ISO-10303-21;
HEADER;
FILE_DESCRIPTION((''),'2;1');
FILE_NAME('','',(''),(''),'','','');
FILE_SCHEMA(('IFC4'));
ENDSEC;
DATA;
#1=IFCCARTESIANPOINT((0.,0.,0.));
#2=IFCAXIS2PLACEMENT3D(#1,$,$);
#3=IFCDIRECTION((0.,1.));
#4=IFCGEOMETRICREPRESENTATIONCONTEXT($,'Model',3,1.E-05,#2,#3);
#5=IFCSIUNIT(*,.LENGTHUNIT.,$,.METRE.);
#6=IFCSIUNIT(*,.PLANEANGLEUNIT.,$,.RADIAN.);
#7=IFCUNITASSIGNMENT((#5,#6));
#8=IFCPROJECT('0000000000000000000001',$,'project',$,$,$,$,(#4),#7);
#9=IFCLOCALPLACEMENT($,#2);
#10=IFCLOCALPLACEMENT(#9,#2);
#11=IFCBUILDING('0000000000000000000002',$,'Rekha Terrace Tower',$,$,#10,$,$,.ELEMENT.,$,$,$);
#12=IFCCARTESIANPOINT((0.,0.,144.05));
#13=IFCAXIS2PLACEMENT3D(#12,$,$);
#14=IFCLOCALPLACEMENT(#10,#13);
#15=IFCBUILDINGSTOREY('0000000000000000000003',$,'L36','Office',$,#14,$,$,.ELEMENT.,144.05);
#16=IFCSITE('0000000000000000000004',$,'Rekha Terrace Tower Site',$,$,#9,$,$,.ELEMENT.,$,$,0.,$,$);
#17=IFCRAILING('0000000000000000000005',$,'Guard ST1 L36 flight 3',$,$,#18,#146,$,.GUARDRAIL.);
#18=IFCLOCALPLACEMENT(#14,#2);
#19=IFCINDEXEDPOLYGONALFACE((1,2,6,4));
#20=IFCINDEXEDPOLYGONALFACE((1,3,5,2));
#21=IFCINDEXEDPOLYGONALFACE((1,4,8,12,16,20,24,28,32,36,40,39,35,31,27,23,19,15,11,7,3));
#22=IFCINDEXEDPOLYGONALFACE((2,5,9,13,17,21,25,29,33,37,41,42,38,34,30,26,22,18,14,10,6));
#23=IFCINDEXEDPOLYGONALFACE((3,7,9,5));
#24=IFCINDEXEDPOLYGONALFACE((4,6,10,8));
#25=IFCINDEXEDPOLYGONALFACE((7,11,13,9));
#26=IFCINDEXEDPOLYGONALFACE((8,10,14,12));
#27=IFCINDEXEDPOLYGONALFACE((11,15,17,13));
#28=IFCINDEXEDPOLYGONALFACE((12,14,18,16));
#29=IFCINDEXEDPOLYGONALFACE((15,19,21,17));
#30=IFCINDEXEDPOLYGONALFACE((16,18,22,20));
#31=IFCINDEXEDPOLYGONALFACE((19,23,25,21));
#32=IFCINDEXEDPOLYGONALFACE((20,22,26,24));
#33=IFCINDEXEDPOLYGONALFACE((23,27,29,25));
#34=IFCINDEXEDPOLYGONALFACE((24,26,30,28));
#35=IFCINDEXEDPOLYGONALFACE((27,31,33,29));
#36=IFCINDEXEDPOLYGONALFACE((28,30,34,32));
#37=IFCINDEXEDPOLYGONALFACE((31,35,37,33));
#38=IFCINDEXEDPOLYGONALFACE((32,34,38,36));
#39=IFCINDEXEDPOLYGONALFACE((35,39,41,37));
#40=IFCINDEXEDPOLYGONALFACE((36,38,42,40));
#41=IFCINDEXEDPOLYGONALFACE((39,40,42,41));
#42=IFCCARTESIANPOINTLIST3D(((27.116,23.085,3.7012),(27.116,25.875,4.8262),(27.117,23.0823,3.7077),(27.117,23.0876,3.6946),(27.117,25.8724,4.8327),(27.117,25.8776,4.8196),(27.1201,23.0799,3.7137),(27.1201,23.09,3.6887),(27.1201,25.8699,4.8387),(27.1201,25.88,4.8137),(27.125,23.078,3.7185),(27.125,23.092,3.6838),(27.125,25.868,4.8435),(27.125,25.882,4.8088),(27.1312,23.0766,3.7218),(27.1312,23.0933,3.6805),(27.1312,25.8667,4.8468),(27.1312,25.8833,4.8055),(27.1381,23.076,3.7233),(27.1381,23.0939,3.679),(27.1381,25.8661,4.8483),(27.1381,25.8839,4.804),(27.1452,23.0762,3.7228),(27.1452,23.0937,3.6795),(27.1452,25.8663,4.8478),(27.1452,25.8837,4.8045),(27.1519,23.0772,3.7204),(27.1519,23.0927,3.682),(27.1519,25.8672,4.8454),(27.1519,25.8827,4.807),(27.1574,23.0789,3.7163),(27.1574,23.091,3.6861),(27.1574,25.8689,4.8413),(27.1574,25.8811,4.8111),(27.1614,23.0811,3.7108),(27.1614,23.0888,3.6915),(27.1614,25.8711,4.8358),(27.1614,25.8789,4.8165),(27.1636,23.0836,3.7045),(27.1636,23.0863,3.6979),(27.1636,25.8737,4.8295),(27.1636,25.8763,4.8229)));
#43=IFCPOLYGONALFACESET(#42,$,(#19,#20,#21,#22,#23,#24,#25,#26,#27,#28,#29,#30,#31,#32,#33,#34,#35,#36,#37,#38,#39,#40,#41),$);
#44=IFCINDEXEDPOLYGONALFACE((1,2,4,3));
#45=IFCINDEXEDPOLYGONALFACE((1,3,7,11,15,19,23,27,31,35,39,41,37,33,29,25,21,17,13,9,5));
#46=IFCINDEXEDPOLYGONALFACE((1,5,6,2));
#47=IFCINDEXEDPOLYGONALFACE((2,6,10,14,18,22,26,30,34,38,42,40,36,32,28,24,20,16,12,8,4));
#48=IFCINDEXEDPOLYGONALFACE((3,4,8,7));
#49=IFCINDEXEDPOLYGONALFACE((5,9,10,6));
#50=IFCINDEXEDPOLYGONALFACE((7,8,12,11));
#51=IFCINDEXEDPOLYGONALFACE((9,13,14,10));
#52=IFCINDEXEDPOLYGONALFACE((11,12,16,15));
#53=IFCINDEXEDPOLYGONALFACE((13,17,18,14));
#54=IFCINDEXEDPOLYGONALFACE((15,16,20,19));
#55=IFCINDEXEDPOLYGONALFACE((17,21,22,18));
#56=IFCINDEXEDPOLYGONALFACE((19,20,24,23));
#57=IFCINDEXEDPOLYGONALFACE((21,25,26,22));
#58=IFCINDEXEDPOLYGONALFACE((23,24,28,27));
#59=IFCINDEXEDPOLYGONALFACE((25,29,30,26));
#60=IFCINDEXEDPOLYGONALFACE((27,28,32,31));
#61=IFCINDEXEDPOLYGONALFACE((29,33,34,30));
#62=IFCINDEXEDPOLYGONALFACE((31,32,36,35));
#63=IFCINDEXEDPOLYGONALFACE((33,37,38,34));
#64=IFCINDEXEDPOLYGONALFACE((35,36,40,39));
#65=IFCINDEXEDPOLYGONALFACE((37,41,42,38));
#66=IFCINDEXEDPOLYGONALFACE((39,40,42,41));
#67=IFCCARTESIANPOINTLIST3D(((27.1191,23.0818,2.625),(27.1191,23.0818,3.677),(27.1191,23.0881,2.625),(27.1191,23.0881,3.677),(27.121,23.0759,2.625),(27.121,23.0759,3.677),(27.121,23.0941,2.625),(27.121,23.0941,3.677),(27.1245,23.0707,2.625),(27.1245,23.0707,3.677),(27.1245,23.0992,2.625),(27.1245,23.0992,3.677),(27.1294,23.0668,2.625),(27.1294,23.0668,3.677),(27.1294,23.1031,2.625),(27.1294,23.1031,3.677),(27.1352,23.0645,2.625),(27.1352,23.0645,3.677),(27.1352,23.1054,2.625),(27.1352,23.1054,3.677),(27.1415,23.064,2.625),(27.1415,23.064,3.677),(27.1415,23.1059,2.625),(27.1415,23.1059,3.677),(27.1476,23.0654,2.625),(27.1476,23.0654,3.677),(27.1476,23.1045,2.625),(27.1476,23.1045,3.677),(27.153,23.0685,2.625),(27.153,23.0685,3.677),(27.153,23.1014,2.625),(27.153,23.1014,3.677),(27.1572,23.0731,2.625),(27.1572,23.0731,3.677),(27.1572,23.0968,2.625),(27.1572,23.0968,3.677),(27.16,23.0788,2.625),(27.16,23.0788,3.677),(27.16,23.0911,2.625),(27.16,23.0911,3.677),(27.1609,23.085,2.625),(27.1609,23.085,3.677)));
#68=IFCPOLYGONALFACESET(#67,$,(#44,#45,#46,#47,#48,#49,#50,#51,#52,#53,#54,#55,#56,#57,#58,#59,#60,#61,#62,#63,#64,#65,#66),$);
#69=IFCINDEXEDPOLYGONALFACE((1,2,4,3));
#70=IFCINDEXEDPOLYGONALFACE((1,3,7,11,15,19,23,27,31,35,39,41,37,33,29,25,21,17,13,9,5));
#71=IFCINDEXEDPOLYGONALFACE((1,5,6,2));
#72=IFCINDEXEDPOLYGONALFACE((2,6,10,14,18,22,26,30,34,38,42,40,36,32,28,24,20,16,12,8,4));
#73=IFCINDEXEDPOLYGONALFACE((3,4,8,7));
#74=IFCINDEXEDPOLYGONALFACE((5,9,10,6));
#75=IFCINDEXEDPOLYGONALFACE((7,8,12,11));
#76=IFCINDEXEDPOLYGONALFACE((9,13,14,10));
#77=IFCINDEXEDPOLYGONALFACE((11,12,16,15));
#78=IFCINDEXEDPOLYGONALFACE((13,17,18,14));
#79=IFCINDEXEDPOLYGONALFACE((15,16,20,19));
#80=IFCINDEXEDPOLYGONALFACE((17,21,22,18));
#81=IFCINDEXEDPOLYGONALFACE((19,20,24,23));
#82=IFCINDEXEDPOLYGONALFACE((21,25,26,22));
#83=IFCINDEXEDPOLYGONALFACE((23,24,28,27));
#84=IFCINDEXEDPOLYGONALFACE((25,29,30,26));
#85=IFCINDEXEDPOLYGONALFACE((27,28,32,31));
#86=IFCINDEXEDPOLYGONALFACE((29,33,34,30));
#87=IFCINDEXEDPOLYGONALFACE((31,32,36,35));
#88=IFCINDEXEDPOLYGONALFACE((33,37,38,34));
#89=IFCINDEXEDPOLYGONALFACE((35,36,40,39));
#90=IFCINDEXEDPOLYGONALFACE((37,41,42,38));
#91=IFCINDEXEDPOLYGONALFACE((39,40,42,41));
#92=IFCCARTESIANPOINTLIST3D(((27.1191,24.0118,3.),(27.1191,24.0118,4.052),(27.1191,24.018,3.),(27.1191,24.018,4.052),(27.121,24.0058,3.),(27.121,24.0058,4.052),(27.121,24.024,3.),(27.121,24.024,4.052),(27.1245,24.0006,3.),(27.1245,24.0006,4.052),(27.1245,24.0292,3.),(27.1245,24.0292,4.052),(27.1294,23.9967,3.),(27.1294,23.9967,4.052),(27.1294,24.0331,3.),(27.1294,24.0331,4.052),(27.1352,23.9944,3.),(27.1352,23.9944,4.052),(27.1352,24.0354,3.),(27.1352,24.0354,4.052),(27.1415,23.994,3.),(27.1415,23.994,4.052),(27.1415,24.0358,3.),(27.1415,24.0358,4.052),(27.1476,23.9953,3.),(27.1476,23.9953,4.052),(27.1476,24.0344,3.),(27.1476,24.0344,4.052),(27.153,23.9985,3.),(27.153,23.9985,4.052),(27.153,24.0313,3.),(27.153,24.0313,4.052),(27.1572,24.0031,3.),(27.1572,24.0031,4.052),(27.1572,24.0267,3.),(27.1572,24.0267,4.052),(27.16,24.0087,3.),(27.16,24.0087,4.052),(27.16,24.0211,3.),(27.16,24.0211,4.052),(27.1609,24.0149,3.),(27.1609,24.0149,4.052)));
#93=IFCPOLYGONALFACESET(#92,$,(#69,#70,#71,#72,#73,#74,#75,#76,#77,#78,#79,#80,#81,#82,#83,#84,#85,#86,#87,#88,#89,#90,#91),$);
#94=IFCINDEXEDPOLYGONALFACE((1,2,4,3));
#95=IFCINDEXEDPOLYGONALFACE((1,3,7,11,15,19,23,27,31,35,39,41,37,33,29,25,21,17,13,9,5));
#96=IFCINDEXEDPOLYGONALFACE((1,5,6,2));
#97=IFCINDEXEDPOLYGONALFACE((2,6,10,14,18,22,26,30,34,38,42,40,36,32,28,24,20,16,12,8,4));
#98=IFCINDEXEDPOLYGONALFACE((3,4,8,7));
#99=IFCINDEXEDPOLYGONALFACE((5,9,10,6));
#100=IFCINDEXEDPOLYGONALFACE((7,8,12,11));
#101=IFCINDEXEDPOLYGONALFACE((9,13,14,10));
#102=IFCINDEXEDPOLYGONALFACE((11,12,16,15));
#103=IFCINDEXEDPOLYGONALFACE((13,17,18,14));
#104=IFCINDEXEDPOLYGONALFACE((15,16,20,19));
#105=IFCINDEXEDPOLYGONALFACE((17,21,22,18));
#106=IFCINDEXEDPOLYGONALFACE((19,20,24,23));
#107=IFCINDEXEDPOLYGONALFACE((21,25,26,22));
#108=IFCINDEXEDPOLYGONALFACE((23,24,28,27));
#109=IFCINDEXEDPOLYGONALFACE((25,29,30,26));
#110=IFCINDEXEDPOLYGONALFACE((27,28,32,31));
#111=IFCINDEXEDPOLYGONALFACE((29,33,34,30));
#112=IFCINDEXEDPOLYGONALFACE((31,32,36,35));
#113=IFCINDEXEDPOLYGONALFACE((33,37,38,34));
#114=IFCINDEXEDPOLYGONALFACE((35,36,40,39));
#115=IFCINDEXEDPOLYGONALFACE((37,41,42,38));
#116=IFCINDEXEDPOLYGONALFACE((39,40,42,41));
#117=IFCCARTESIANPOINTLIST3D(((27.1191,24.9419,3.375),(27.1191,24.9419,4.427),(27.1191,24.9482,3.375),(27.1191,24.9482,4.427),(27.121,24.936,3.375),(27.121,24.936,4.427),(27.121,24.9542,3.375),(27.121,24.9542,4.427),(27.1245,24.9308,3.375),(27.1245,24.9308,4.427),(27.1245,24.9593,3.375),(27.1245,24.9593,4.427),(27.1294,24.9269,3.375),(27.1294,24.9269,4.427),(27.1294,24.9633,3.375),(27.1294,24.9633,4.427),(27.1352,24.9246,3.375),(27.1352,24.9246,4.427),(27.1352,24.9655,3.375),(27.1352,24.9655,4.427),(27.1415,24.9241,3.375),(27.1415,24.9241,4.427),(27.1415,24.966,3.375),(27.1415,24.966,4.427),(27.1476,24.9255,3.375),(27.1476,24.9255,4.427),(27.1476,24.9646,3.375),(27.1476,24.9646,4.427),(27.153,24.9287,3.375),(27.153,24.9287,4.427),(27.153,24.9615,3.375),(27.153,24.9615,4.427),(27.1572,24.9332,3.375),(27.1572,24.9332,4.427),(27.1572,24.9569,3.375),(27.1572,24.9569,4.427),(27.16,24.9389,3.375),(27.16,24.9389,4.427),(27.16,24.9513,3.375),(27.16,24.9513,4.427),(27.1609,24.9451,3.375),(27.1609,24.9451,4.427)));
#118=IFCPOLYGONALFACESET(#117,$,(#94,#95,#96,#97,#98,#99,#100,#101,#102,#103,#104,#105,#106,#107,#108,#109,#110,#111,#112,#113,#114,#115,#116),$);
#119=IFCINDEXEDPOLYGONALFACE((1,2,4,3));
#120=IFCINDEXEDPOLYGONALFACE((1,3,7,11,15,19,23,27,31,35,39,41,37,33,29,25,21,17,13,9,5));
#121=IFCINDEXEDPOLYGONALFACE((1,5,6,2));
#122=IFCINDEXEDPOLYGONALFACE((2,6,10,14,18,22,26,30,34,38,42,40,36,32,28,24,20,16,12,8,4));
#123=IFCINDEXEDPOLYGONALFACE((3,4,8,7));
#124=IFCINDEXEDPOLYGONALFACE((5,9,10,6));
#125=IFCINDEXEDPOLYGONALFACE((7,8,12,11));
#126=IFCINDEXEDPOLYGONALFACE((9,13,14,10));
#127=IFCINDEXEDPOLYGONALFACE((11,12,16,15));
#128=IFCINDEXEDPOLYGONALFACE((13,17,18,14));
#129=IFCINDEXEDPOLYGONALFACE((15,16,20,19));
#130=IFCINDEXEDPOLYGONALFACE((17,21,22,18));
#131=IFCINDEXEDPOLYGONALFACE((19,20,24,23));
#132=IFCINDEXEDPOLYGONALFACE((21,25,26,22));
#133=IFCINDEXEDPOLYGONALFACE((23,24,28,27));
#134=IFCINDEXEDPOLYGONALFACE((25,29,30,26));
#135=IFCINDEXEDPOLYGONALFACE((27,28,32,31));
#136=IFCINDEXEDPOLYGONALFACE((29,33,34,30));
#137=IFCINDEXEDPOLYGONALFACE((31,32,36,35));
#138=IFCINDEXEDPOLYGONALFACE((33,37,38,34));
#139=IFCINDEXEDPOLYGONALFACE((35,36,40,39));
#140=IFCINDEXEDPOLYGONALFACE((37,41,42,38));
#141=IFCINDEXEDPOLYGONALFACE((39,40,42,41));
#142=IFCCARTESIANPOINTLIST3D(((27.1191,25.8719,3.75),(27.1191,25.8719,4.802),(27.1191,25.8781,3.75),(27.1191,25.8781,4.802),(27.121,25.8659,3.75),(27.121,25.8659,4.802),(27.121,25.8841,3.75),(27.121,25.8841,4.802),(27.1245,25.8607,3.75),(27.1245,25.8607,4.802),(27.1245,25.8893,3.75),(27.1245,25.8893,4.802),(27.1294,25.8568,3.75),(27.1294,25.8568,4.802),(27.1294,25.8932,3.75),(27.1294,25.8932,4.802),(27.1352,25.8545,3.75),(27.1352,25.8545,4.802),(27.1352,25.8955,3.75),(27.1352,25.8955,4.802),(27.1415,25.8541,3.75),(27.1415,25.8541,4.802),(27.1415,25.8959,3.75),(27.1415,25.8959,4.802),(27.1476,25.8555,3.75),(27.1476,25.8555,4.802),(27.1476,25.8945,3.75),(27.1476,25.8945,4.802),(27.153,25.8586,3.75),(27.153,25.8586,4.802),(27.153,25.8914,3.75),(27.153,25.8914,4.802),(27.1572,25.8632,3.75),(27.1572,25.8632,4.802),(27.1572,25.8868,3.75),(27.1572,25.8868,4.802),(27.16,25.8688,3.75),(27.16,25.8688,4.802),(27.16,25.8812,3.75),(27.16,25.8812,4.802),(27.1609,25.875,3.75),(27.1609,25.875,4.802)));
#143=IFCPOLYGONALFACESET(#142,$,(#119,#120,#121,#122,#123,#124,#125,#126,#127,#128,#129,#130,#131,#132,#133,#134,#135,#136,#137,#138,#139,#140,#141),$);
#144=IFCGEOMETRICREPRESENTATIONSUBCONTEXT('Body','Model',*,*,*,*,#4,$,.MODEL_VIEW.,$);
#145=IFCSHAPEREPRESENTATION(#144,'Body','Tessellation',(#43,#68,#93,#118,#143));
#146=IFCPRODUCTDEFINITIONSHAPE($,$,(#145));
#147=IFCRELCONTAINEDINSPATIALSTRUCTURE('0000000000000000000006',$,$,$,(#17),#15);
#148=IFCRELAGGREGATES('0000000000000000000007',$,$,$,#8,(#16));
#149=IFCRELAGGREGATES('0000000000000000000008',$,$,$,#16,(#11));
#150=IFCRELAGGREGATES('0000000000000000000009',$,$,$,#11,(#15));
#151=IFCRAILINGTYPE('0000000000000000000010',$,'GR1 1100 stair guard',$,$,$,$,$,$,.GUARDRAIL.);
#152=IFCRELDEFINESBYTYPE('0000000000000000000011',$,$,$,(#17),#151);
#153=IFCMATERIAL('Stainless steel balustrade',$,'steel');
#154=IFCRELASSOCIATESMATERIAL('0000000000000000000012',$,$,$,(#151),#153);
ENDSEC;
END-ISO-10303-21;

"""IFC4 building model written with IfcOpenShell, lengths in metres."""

from ifc_helpers import new_model, si_unit, direction, frame, origin, origin_2d, place, context, subcontext, project, spatial, circle, extrude, material, type_object, element, save


model = new_model("IFC4")

# Units and contexts
model_context = context("Model", 3, precision=1e-05, world=origin(), true_north=direction((0.0, 1.0)))
body_context = subcontext(model_context, "Body", "Model", "MODEL_VIEW")
ifc_project = project(units=[si_unit("LENGTHUNIT", "METRE"), si_unit("PLANEANGLEUNIT", "RADIAN")], contexts=[model_context])

# Site, building, storey
site_placement = place(None, origin())
site = spatial("IfcSite", under=ifc_project, at=site_placement, Name="Rekha Terrace Tower Site", CompositionType="ELEMENT", RefElevation=0.0)
building_placement = place(site_placement, origin())
building = spatial("IfcBuilding", under=site, at=building_placement, Name="Rekha Terrace Tower", CompositionType="ELEMENT")
storey_placement = place(building_placement, frame((0.0, 0.0, 144.05)))
storey = spatial("IfcBuildingStorey", under=building, at=storey_placement, Name="L36", Description="Office", CompositionType="ELEMENT", Elevation=144.05)

# Railing
ifc_material_1 = material(Name="Stainless steel balustrade", Category="steel")
railing_type_1 = type_object("IfcRailingType", Name="GR1 1100 stair guard", PredefinedType="GUARDRAIL", material=ifc_material_1)
railing_1_placement = place(storey_placement, frame((27.1399, 23.085, 2.625)))
element("IfcRailing", 1, at=railing_1_placement, inside=storey, type_object=railing_type_1, Name="Guard ST1 L36 flight 3", PredefinedType="GUARDRAIL", context=body_context, shape_type="SweptSolid", body=[
    extrude(circle(Radius=0.0239, at=origin_2d()), frame((0.0, 0.0, 1.0762), z_axis=(0.0, 0.927443, 0.373964), x_axis=(-1.0, 0.0, 0.0)), (0.0, 0.0, 1.0), 3.0083),
    extrude(circle(Radius=0.021, at=origin_2d()), origin(), (0.0, 0.0, 1.0), 1.052),
    extrude(circle(Radius=0.021, at=origin_2d()), frame((0.0, 0.9299, 0.375)), (0.0, 0.0, 1.0), 1.052),
    extrude(circle(Radius=0.021, at=origin_2d()), frame((0.0, 1.8601, 0.75)), (0.0, 0.0, 1.0), 1.052),
    extrude(circle(Radius=0.021, at=origin_2d()), frame((0.0, 2.79, 1.125)), (0.0, 0.0, 1.0), 1.052),
])

save(model, "model.ifc")
